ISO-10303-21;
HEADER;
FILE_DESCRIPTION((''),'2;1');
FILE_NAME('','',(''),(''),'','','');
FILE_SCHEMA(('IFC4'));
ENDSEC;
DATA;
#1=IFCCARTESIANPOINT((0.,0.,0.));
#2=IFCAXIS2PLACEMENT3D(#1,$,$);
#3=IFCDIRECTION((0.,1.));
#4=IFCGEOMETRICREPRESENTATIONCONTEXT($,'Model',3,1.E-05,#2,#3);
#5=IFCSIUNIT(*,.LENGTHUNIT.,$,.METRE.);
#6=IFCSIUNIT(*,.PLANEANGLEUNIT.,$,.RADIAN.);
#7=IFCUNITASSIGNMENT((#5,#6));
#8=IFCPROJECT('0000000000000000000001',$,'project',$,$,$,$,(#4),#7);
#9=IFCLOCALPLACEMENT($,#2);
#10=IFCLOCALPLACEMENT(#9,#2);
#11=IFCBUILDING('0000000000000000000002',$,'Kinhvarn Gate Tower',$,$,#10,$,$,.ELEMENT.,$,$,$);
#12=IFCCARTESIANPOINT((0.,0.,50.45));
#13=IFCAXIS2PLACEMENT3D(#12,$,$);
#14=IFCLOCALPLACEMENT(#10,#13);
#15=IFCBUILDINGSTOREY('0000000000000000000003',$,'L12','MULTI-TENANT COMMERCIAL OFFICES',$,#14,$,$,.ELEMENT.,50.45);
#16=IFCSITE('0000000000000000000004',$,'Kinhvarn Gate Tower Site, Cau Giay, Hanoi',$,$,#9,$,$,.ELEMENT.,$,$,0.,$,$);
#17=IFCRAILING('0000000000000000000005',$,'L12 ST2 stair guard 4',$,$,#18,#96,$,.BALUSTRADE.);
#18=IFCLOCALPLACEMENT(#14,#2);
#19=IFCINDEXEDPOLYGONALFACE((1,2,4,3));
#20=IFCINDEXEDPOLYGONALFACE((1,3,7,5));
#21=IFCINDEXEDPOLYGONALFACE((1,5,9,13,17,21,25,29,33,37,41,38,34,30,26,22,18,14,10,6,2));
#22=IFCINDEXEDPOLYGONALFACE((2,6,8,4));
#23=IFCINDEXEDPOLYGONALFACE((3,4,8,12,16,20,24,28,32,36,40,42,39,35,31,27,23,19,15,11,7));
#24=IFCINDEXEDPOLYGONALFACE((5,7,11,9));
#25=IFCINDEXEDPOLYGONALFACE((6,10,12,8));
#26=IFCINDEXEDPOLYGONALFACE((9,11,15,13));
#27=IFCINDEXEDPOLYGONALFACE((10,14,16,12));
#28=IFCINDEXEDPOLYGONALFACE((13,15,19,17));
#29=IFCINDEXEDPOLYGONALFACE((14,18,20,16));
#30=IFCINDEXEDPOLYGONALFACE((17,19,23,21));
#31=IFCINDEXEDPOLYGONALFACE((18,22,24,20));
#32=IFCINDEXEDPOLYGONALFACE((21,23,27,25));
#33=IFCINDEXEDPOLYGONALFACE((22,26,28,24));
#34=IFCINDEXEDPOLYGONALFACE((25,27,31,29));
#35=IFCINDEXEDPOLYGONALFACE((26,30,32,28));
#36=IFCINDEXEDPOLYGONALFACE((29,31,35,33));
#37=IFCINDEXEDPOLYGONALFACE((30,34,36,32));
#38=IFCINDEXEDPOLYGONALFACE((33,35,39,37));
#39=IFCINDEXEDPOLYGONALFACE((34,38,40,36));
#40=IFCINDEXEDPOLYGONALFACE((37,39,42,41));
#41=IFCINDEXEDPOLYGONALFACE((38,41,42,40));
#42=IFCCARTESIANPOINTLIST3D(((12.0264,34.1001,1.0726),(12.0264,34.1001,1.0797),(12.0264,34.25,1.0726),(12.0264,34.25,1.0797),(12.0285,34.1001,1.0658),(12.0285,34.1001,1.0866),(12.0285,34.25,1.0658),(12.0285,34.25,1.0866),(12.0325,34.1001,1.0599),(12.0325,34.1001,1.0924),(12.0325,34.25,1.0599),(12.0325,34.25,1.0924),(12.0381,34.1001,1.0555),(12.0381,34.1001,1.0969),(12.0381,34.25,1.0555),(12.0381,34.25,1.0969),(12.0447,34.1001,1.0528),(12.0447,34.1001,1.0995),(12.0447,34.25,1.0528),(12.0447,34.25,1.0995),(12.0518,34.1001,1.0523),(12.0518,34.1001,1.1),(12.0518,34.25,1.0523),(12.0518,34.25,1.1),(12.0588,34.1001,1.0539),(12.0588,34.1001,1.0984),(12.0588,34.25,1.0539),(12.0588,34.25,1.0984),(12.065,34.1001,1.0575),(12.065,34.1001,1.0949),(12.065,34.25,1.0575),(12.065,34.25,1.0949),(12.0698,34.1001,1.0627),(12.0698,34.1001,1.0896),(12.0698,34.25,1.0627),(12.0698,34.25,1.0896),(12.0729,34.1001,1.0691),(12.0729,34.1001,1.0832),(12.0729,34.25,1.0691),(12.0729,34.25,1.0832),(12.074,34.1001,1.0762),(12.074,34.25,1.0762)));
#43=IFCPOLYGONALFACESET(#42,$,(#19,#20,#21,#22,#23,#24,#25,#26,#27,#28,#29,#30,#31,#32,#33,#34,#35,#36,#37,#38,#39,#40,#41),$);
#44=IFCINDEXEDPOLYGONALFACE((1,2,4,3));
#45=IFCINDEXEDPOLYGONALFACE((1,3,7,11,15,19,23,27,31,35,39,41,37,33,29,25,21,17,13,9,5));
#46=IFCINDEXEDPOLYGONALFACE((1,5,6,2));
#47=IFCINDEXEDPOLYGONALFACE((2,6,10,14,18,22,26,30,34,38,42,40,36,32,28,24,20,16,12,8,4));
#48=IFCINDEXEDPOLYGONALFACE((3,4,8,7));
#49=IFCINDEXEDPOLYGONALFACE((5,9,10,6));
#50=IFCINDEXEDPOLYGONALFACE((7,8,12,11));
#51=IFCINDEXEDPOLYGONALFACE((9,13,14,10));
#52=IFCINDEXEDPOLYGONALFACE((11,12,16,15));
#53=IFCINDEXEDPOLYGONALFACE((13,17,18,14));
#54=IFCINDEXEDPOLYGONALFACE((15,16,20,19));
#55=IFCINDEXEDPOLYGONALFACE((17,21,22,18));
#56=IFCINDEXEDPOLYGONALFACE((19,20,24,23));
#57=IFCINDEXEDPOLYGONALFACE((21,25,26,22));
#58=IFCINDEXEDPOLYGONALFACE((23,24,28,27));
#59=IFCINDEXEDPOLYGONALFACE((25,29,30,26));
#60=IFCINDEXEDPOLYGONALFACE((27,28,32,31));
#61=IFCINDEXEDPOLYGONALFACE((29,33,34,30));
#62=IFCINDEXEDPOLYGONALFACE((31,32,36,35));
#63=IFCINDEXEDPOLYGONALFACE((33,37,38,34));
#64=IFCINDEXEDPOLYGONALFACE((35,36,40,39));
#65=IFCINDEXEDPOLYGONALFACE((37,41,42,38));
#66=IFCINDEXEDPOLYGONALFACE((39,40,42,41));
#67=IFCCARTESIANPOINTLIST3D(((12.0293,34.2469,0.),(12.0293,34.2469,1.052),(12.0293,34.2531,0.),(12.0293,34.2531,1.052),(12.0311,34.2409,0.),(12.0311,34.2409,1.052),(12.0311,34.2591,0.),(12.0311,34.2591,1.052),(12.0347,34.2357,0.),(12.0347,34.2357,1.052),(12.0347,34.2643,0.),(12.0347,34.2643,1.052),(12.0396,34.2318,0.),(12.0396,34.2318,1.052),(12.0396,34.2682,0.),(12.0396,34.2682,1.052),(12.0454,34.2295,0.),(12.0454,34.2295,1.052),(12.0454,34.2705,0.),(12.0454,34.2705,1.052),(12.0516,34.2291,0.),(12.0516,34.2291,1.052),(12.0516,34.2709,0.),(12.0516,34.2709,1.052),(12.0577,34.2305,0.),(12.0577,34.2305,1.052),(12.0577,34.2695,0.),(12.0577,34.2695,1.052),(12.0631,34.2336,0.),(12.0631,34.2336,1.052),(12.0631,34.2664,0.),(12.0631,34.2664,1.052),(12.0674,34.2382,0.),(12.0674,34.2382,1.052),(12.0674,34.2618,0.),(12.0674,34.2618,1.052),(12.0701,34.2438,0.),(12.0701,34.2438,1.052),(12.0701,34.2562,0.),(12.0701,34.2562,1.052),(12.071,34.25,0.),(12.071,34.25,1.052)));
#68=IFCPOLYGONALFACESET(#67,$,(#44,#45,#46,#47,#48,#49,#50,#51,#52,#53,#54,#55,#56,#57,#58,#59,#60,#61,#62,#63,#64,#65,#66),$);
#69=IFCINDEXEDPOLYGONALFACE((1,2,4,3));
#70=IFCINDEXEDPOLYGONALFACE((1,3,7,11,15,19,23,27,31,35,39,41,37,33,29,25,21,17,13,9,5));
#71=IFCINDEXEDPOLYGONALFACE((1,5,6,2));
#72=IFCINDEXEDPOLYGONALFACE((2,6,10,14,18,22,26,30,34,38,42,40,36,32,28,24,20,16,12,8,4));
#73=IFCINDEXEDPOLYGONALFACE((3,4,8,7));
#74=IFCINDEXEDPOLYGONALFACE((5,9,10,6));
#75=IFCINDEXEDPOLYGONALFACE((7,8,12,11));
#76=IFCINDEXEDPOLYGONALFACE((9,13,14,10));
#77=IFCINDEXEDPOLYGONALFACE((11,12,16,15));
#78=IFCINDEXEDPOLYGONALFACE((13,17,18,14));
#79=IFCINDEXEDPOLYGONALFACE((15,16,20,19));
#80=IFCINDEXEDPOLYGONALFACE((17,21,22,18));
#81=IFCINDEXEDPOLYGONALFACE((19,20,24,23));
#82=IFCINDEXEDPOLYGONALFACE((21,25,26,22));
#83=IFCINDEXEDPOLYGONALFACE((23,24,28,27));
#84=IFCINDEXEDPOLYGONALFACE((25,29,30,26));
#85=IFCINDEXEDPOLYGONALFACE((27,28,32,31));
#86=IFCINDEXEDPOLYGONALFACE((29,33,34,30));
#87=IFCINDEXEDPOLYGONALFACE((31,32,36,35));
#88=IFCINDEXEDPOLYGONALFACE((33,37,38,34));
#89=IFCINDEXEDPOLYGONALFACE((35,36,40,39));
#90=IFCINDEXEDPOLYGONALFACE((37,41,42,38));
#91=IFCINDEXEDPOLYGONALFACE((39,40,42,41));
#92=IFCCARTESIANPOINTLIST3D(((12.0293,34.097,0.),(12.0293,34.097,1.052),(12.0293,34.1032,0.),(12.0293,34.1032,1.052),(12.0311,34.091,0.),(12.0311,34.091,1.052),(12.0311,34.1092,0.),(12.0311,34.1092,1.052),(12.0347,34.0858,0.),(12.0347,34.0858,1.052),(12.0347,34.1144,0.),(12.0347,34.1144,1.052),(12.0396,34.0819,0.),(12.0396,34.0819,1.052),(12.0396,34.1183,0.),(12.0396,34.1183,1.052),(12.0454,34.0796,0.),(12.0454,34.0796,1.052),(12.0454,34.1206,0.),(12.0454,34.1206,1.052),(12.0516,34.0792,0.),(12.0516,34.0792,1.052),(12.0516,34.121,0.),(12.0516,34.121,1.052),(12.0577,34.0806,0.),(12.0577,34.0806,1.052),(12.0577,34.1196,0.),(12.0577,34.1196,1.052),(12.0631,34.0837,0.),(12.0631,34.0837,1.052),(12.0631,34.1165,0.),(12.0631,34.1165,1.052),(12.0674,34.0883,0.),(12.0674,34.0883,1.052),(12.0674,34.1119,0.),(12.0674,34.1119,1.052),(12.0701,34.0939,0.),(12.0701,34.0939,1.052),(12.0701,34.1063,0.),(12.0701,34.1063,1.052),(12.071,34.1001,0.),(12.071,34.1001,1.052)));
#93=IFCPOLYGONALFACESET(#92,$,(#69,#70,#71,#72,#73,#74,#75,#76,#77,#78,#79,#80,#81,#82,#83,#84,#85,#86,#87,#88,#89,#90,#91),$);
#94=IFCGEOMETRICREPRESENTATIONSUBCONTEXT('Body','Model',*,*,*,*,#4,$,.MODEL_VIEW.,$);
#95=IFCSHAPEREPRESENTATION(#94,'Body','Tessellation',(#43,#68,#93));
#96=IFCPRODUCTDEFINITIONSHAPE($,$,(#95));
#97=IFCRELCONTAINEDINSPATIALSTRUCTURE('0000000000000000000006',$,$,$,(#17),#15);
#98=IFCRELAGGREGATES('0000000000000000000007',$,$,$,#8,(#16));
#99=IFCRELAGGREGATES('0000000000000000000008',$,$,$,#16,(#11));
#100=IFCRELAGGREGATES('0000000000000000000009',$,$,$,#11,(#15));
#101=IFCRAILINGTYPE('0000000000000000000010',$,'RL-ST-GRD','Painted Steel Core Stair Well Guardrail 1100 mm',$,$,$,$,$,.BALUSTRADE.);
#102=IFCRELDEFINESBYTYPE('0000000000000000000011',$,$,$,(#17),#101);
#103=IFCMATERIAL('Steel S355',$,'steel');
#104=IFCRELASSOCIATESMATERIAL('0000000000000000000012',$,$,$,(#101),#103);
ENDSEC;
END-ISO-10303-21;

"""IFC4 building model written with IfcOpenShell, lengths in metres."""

from ifc_helpers import new_model, si_unit, direction, frame, origin, origin_2d, place, context, subcontext, project, spatial, circle, extrude, material, type_object, element, save


model = new_model("IFC4")

# Units and contexts
model_context = context("Model", 3, precision=1e-05, world=origin(), true_north=direction((0.0, 1.0)))
body_context = subcontext(model_context, "Body", "Model", "MODEL_VIEW")
ifc_project = project(units=[si_unit("LENGTHUNIT", "METRE"), si_unit("PLANEANGLEUNIT", "RADIAN")], contexts=[model_context])

# Site, building, storey
site_placement = place(None, origin())
site = spatial("IfcSite", under=ifc_project, at=site_placement, Name="Kinhvarn Gate Tower Site, Cau Giay, Hanoi", CompositionType="ELEMENT", RefElevation=0.0)
building_placement = place(site_placement, origin())
building = spatial("IfcBuilding", under=site, at=building_placement, Name="Kinhvarn Gate Tower", CompositionType="ELEMENT")
storey_placement = place(building_placement, frame((0.0, 0.0, 50.45)))
storey = spatial("IfcBuildingStorey", under=building, at=storey_placement, Name="L12", Description="MULTI-TENANT COMMERCIAL OFFICES", CompositionType="ELEMENT", Elevation=50.45)

# Railing
ifc_material_1 = material(Name="Steel S355", Category="steel")
railing_type_1 = type_object("IfcRailingType", Name="RL-ST-GRD", Description="Painted Steel Core Stair Well Guardrail 1100 mm", PredefinedType="BALUSTRADE", material=ifc_material_1)
railing_1_placement = place(storey_placement, frame((12.05, 34.25, 0.0)))
element("IfcRailing", 1, at=railing_1_placement, inside=storey, type_object=railing_type_1, Name="L12 ST2 stair guard 4", PredefinedType="BALUSTRADE", context=body_context, shape_type="SweptSolid", body=[
    extrude(circle(Radius=0.0239, at=origin_2d()), frame((0.0, 0.0, 1.0762), z_axis=(0.0, -1.0, 0.0), x_axis=(1.0, 0.0, 0.0)), (0.0, 0.0, 1.0), 0.1499),
    extrude(circle(Radius=0.021, at=origin_2d()), origin(), (0.0, 0.0, 1.0), 1.052),
    extrude(circle(Radius=0.021, at=origin_2d()), frame((0.0, -0.1499, 0.0)), (0.0, 0.0, 1.0), 1.052),
])

save(model, "model.ifc")
